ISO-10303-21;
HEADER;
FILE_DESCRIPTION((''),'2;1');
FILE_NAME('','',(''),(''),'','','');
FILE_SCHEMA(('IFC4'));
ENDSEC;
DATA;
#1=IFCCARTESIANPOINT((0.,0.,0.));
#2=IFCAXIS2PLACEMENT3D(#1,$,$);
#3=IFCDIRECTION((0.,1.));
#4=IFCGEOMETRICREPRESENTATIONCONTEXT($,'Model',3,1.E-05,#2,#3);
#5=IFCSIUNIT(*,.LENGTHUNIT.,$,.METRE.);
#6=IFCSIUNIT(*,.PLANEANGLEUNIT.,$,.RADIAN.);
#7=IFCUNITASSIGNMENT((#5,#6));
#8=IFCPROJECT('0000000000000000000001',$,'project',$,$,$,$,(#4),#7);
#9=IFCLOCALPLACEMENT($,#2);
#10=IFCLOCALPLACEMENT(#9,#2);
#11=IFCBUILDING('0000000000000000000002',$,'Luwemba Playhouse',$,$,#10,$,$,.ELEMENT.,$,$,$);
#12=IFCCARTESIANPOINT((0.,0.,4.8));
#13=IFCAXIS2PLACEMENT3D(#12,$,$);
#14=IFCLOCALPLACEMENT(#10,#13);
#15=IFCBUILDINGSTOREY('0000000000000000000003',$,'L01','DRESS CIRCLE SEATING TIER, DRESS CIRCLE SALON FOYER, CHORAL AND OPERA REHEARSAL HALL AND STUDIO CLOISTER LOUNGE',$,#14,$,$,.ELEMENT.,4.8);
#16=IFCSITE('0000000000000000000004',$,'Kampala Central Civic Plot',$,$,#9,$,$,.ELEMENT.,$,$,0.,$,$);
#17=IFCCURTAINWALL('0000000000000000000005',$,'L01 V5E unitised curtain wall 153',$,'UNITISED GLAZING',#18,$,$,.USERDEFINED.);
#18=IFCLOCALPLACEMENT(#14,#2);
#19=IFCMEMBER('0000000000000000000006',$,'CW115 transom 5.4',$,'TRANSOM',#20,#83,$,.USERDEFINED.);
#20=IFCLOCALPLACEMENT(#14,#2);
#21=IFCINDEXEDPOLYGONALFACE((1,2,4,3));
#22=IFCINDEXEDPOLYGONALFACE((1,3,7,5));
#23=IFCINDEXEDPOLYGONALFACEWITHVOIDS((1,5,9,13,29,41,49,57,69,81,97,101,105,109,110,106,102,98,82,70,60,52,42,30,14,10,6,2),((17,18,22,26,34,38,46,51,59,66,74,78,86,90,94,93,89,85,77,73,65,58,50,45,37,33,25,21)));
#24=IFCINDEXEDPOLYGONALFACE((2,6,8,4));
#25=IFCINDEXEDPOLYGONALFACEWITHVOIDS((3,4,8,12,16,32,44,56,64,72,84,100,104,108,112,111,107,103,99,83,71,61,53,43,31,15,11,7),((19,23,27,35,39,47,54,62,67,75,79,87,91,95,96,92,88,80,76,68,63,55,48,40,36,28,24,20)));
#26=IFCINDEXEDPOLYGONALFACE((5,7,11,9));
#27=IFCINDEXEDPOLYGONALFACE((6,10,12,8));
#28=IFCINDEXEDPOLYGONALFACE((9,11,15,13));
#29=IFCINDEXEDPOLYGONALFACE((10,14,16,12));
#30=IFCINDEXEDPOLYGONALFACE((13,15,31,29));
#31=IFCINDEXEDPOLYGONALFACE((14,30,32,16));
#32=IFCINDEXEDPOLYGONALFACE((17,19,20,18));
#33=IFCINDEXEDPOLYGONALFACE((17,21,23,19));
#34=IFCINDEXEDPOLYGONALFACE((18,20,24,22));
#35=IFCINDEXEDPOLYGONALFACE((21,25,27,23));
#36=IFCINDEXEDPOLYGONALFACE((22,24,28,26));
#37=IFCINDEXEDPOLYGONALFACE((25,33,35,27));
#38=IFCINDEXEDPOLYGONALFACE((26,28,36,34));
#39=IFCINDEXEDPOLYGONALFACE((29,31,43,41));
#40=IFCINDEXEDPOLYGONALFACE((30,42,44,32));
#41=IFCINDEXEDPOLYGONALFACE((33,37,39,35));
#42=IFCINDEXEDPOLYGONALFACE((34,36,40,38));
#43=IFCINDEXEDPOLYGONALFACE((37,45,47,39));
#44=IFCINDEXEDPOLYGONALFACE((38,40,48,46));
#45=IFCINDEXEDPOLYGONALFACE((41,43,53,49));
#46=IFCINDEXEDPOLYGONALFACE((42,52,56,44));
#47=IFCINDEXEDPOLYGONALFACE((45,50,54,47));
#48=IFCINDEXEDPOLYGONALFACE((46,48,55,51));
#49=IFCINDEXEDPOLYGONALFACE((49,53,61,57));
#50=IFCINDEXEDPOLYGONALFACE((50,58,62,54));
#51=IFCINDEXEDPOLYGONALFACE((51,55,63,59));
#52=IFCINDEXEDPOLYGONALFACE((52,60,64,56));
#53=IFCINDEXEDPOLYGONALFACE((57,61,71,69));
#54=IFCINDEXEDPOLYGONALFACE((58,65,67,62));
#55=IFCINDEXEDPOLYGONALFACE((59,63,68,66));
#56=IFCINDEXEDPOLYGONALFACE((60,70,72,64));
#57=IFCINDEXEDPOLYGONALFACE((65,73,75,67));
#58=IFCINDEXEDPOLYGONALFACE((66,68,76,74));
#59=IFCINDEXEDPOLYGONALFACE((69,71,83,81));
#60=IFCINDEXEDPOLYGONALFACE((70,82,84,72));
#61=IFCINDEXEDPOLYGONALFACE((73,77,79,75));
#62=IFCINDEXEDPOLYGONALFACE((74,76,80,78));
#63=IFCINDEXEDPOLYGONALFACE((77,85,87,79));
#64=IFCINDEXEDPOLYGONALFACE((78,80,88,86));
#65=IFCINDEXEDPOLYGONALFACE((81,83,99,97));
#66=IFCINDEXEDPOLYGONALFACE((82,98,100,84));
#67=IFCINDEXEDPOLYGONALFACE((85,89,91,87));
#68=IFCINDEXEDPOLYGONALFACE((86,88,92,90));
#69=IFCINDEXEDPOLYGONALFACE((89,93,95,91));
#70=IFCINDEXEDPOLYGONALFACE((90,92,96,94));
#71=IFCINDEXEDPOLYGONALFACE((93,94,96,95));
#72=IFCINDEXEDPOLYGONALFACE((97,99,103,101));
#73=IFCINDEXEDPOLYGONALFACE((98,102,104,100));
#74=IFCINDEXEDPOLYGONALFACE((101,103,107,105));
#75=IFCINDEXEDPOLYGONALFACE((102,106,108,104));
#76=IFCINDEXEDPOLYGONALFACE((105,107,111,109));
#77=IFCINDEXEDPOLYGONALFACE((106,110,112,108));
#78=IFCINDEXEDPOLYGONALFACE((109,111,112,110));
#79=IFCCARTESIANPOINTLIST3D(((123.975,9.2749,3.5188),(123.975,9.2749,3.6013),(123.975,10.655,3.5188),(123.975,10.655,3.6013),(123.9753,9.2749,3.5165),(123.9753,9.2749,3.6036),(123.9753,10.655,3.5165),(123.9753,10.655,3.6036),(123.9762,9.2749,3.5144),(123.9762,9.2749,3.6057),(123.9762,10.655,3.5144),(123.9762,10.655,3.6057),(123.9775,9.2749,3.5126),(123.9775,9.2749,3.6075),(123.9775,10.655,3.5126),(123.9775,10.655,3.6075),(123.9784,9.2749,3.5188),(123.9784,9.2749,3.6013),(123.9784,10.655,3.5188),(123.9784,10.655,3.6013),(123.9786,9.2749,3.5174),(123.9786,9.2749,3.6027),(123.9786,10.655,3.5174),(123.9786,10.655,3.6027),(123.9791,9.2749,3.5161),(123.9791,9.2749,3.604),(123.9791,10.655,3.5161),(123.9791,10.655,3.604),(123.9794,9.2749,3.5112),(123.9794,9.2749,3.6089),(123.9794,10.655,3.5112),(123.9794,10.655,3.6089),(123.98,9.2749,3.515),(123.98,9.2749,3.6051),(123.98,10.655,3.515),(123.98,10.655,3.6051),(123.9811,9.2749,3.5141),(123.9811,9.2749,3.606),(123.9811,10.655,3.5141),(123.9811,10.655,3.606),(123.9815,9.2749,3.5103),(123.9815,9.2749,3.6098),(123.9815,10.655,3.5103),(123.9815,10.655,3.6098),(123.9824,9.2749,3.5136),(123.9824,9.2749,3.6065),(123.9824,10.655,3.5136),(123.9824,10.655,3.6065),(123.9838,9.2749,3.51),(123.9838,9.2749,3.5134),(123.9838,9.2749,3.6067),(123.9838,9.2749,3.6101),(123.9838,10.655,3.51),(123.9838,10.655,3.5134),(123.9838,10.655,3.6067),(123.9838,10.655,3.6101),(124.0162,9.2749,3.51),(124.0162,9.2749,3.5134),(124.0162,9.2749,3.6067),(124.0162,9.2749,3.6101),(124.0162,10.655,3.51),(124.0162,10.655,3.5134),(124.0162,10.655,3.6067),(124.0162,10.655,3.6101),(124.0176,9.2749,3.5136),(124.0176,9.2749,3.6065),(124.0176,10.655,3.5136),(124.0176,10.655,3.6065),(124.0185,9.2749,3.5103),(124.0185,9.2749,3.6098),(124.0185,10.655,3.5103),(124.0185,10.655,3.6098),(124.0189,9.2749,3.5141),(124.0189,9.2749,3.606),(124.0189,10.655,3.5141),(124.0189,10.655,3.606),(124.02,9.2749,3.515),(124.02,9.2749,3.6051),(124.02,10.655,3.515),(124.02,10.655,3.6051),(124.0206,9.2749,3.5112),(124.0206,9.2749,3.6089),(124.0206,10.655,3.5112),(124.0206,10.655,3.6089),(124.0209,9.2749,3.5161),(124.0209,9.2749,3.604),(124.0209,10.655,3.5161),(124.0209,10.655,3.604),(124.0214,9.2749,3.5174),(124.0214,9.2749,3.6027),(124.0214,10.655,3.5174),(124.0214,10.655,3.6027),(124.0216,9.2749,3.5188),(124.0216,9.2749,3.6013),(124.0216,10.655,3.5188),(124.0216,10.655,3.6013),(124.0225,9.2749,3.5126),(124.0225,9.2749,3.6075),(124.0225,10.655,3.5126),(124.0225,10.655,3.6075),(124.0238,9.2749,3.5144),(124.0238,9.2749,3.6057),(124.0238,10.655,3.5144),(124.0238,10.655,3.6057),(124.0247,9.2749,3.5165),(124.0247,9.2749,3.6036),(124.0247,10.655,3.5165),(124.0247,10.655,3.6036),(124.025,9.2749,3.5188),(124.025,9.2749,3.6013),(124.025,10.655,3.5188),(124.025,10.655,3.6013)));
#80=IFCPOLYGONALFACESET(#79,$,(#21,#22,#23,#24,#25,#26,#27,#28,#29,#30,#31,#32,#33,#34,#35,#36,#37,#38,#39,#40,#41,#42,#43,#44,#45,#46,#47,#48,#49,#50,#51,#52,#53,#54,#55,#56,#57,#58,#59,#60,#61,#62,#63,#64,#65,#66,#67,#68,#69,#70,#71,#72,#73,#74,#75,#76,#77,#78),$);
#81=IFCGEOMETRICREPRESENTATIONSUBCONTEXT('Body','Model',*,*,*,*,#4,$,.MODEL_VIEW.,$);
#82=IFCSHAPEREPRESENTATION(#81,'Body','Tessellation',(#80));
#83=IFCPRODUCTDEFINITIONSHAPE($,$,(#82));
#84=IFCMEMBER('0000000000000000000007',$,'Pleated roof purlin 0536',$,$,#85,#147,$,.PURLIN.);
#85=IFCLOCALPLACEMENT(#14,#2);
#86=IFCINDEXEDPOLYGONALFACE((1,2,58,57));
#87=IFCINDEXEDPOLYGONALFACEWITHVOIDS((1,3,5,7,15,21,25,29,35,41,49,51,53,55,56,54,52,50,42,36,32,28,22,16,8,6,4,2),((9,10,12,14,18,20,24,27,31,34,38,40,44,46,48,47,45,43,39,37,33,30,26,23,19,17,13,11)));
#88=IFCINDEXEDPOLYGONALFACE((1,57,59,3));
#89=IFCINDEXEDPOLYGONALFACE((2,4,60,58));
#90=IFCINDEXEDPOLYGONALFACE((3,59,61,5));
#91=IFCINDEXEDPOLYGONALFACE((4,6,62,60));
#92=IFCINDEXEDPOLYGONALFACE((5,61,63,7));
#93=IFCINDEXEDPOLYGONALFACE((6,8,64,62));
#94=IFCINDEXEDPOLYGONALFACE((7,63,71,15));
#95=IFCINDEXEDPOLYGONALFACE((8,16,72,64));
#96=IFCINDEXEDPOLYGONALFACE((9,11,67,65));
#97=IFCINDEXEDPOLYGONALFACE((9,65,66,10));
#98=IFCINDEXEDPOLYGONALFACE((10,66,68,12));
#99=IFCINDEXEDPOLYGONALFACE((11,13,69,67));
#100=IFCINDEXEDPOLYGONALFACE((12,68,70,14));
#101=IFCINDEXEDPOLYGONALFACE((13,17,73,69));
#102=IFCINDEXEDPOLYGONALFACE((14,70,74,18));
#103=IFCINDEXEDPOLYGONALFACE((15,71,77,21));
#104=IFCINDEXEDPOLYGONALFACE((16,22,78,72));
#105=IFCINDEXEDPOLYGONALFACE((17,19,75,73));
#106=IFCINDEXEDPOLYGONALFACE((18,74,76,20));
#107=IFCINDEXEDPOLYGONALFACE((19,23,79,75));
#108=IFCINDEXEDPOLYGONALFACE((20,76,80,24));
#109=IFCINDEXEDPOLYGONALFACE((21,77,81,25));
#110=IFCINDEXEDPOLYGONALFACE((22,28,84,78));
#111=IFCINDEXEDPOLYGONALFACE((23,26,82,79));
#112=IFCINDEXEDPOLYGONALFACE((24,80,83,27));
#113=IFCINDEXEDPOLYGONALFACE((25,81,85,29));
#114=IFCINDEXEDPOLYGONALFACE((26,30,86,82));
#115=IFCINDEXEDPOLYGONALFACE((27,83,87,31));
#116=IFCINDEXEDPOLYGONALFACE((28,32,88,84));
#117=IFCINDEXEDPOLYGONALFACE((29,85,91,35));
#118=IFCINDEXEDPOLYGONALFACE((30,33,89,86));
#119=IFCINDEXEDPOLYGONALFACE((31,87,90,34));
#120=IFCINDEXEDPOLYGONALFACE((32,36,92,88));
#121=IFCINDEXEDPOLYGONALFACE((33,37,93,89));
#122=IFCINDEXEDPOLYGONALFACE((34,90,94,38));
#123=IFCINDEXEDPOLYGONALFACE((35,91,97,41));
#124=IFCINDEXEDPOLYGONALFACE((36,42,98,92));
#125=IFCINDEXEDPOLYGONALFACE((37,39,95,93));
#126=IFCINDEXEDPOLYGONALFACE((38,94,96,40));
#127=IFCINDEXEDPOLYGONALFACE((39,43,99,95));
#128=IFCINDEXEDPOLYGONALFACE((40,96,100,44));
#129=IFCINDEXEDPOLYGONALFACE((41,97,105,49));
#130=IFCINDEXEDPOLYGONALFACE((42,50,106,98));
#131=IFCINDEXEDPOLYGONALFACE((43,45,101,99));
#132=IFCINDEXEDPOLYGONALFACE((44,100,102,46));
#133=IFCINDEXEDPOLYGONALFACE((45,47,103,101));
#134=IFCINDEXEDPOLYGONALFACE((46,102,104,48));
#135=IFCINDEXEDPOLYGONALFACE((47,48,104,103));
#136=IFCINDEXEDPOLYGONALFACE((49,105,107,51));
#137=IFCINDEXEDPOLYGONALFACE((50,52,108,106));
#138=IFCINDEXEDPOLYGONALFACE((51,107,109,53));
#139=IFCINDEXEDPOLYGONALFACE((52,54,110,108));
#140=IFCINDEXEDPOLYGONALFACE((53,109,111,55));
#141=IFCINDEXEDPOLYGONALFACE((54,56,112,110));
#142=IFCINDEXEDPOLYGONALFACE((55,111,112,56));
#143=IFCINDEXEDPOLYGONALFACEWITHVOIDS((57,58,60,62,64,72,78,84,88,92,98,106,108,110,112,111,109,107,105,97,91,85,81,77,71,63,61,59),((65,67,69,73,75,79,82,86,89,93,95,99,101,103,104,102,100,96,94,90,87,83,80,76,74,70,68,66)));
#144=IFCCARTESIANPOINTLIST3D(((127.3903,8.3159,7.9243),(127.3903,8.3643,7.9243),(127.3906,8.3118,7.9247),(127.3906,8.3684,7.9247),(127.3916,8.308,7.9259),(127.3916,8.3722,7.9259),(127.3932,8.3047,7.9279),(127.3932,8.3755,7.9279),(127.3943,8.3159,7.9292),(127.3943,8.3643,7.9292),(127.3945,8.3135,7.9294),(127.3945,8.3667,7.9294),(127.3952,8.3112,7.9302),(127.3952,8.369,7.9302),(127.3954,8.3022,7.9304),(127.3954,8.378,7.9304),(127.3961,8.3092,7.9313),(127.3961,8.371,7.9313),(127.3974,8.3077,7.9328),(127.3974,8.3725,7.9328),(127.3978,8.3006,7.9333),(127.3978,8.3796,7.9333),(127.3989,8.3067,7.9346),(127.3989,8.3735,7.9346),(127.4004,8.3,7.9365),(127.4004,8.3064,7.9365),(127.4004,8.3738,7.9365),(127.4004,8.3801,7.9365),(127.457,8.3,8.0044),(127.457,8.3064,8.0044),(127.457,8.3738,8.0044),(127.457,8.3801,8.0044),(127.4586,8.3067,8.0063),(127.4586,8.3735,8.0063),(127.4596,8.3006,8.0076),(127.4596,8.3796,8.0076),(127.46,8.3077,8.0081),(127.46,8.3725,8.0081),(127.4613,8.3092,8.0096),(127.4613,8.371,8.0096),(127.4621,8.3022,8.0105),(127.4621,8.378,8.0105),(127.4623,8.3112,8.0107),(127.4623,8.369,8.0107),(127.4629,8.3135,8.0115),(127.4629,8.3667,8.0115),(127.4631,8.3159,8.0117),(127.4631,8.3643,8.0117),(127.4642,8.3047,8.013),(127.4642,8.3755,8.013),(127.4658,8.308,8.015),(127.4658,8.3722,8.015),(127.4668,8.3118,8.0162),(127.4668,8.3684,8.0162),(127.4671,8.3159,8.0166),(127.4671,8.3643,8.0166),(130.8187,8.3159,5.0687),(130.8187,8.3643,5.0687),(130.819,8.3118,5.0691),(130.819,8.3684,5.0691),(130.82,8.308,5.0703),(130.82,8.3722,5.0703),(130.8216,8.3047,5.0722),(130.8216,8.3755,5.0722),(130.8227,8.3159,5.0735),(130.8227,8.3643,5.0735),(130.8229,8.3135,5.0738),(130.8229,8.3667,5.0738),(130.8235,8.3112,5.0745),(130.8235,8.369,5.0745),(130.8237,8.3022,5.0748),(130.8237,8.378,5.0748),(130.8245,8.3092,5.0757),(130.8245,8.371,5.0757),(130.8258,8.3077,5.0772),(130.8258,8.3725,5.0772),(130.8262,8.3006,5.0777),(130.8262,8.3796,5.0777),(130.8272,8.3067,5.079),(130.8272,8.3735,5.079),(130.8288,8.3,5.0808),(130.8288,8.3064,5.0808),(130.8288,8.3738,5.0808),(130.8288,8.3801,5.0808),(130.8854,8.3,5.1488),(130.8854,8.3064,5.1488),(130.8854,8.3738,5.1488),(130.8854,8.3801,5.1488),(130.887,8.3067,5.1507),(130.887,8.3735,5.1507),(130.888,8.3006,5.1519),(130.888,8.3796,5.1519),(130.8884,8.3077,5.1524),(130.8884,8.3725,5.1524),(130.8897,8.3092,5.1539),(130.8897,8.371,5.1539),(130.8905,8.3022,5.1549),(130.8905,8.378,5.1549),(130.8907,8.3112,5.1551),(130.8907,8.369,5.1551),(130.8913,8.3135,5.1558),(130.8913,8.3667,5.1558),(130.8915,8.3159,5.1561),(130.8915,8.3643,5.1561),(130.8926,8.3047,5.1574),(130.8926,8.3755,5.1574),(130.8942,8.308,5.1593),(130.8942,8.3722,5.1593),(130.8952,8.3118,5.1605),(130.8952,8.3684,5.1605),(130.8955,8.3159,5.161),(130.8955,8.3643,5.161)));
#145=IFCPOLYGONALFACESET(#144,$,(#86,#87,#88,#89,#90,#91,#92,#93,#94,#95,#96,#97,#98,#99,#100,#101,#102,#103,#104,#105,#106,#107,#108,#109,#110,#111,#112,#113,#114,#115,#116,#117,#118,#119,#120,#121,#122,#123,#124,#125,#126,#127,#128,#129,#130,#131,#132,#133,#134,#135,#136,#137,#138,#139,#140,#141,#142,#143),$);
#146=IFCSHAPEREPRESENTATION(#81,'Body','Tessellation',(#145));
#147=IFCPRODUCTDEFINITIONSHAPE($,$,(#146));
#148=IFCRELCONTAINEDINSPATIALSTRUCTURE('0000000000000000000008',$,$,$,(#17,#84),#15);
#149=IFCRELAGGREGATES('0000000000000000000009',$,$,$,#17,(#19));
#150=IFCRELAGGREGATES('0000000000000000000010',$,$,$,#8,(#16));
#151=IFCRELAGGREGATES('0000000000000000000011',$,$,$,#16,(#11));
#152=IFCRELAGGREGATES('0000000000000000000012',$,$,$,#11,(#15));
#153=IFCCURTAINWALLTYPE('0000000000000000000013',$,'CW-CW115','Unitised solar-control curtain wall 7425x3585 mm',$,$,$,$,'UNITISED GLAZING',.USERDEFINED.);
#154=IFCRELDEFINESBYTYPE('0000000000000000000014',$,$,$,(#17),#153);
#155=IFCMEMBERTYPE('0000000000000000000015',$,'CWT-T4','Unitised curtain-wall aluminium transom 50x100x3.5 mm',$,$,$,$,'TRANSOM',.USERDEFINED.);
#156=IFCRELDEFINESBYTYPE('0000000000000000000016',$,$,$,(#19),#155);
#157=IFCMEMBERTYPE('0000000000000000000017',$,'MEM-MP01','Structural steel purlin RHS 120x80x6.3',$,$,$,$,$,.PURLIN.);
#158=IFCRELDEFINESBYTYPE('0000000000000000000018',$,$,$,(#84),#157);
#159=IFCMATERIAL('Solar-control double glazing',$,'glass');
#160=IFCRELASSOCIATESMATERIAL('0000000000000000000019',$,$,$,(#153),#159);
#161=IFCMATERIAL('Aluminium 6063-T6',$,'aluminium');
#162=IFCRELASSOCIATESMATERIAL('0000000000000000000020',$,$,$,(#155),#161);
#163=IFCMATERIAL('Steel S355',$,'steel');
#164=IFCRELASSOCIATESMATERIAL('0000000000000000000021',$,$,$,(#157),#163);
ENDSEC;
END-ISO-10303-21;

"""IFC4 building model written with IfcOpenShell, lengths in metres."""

from ifc_helpers import new_model, si_unit, direction, frame, origin, origin_2d, place, context, subcontext, project, spatial, hollow_rectangle, extrude, material, material_profile, profile_set, type_object, element, aggregate, save


model = new_model("IFC4")

# Units and contexts
model_context = context("Model", 3, precision=1e-05, world=origin(), true_north=direction((0.0, 1.0)))
body_context = subcontext(model_context, "Body", "Model", "MODEL_VIEW")
ifc_project = project(units=[si_unit("LENGTHUNIT", "METRE"), si_unit("PLANEANGLEUNIT", "RADIAN")], contexts=[model_context])

# Site, building, storey
site_placement = place(None, origin())
site = spatial("IfcSite", under=ifc_project, at=site_placement, Name="Kampala Central Civic Plot", CompositionType="ELEMENT", RefElevation=0.0)
building_placement = place(site_placement, origin())
building = spatial("IfcBuilding", under=site, at=building_placement, Name="Luwemba Playhouse", CompositionType="ELEMENT")
storey_placement = place(building_placement, frame((0.0, 0.0, 4.8)))
storey = spatial("IfcBuildingStorey", under=building, at=storey_placement, Name="L01", Description="DRESS CIRCLE SEATING TIER, DRESS CIRCLE SALON FOYER, CHORAL AND OPERA REHEARSAL HALL AND STUDIO CLOISTER LOUNGE", CompositionType="ELEMENT", Elevation=4.8)

# Shared definitions
ifc_material_1 = material(Name="Steel S355", Category="steel")

# Curtain wall, member
ifc_material_2 = material(Name="Solar-control double glazing", Category="glass")
curtain_wall_type = type_object("IfcCurtainWallType", Name="CW-CW115", Description="Unitised solar-control curtain wall 7425x3585 mm", ElementType="UNITISED GLAZING", PredefinedType="USERDEFINED", material=ifc_material_2)
curtain_wall_placement = place(storey_placement, origin())
curtain_wall = element("IfcCurtainWall", 1, at=curtain_wall_placement, inside=storey, type_object=curtain_wall_type, Name="L01 V5E unitised curtain wall 153", ObjectType="UNITISED GLAZING", PredefinedType="USERDEFINED")
ifc_material_3 = material(Name="Aluminium 6063-T6", Category="aluminium")
ifc_material_profile_1 = material_profile(ifc_material_3, hollow_rectangle(XDim=0.05, YDim=0.1001, WallThickness=0.0034, InnerFilletRadius=0.0054, OuterFilletRadius=0.0088, at=origin_2d()))
ifc_profile_set_1 = profile_set([ifc_material_profile_1], Name="Aluminium 6063-T6")
member_type_1 = type_object("IfcMemberType", Name="CWT-T4", Description="Unitised curtain-wall aluminium transom 50x100x3.5 mm", ElementType="TRANSOM", PredefinedType="USERDEFINED", material=ifc_profile_set_1)
member_1_placement = place(storey_placement, frame((124.0, 9.2749, 3.5601), z_axis=(0.0, 1.0, 0.0), x_axis=(-1.0, 0.0, 0.0)))
member_1 = element("IfcMember", 2, at=member_1_placement, type_object=member_type_1, Name="CW115 transom 5.4", ObjectType="TRANSOM", PredefinedType="USERDEFINED", context=body_context, shape_type="SweptSolid", body=[
    extrude(hollow_rectangle(XDim=0.05, YDim=0.1001, WallThickness=0.0034, InnerFilletRadius=0.0054, OuterFilletRadius=0.0088, at=origin_2d()), origin(), (0.0, 0.0, 1.0), 1.3801),
])

# Member
ifc_material_profile_2 = material_profile(ifc_material_1, hollow_rectangle(XDim=0.0801, YDim=0.1201, WallThickness=0.0063, InnerFilletRadius=0.0095, OuterFilletRadius=0.0159, at=origin_2d()))
ifc_profile_set_2 = profile_set([ifc_material_profile_2], Name="Steel S355")
member_type_2 = type_object("IfcMemberType", Name="MEM-MP01", Description="Structural steel purlin RHS 120x80x6.3", PredefinedType="PURLIN", material=ifc_profile_set_2)
member_2_placement = place(storey_placement, frame((127.4287, 8.3401, 7.9705), z_axis=(0.768369, 0.0, -0.640007), x_axis=(0.0, 1.0, 0.0)))
element("IfcMember", 3, at=member_2_placement, inside=storey, type_object=member_type_2, Name="Pleated roof purlin 0536", PredefinedType="PURLIN", context=body_context, shape_type="SweptSolid", body=[
    extrude(hollow_rectangle(XDim=0.0801, YDim=0.1201, WallThickness=0.0063, InnerFilletRadius=0.0095, OuterFilletRadius=0.0159, at=origin_2d()), origin(), (0.0, 0.0, 1.0), 4.4619),
])

aggregate(curtain_wall, [member_1])

save(model, "model.ifc")
